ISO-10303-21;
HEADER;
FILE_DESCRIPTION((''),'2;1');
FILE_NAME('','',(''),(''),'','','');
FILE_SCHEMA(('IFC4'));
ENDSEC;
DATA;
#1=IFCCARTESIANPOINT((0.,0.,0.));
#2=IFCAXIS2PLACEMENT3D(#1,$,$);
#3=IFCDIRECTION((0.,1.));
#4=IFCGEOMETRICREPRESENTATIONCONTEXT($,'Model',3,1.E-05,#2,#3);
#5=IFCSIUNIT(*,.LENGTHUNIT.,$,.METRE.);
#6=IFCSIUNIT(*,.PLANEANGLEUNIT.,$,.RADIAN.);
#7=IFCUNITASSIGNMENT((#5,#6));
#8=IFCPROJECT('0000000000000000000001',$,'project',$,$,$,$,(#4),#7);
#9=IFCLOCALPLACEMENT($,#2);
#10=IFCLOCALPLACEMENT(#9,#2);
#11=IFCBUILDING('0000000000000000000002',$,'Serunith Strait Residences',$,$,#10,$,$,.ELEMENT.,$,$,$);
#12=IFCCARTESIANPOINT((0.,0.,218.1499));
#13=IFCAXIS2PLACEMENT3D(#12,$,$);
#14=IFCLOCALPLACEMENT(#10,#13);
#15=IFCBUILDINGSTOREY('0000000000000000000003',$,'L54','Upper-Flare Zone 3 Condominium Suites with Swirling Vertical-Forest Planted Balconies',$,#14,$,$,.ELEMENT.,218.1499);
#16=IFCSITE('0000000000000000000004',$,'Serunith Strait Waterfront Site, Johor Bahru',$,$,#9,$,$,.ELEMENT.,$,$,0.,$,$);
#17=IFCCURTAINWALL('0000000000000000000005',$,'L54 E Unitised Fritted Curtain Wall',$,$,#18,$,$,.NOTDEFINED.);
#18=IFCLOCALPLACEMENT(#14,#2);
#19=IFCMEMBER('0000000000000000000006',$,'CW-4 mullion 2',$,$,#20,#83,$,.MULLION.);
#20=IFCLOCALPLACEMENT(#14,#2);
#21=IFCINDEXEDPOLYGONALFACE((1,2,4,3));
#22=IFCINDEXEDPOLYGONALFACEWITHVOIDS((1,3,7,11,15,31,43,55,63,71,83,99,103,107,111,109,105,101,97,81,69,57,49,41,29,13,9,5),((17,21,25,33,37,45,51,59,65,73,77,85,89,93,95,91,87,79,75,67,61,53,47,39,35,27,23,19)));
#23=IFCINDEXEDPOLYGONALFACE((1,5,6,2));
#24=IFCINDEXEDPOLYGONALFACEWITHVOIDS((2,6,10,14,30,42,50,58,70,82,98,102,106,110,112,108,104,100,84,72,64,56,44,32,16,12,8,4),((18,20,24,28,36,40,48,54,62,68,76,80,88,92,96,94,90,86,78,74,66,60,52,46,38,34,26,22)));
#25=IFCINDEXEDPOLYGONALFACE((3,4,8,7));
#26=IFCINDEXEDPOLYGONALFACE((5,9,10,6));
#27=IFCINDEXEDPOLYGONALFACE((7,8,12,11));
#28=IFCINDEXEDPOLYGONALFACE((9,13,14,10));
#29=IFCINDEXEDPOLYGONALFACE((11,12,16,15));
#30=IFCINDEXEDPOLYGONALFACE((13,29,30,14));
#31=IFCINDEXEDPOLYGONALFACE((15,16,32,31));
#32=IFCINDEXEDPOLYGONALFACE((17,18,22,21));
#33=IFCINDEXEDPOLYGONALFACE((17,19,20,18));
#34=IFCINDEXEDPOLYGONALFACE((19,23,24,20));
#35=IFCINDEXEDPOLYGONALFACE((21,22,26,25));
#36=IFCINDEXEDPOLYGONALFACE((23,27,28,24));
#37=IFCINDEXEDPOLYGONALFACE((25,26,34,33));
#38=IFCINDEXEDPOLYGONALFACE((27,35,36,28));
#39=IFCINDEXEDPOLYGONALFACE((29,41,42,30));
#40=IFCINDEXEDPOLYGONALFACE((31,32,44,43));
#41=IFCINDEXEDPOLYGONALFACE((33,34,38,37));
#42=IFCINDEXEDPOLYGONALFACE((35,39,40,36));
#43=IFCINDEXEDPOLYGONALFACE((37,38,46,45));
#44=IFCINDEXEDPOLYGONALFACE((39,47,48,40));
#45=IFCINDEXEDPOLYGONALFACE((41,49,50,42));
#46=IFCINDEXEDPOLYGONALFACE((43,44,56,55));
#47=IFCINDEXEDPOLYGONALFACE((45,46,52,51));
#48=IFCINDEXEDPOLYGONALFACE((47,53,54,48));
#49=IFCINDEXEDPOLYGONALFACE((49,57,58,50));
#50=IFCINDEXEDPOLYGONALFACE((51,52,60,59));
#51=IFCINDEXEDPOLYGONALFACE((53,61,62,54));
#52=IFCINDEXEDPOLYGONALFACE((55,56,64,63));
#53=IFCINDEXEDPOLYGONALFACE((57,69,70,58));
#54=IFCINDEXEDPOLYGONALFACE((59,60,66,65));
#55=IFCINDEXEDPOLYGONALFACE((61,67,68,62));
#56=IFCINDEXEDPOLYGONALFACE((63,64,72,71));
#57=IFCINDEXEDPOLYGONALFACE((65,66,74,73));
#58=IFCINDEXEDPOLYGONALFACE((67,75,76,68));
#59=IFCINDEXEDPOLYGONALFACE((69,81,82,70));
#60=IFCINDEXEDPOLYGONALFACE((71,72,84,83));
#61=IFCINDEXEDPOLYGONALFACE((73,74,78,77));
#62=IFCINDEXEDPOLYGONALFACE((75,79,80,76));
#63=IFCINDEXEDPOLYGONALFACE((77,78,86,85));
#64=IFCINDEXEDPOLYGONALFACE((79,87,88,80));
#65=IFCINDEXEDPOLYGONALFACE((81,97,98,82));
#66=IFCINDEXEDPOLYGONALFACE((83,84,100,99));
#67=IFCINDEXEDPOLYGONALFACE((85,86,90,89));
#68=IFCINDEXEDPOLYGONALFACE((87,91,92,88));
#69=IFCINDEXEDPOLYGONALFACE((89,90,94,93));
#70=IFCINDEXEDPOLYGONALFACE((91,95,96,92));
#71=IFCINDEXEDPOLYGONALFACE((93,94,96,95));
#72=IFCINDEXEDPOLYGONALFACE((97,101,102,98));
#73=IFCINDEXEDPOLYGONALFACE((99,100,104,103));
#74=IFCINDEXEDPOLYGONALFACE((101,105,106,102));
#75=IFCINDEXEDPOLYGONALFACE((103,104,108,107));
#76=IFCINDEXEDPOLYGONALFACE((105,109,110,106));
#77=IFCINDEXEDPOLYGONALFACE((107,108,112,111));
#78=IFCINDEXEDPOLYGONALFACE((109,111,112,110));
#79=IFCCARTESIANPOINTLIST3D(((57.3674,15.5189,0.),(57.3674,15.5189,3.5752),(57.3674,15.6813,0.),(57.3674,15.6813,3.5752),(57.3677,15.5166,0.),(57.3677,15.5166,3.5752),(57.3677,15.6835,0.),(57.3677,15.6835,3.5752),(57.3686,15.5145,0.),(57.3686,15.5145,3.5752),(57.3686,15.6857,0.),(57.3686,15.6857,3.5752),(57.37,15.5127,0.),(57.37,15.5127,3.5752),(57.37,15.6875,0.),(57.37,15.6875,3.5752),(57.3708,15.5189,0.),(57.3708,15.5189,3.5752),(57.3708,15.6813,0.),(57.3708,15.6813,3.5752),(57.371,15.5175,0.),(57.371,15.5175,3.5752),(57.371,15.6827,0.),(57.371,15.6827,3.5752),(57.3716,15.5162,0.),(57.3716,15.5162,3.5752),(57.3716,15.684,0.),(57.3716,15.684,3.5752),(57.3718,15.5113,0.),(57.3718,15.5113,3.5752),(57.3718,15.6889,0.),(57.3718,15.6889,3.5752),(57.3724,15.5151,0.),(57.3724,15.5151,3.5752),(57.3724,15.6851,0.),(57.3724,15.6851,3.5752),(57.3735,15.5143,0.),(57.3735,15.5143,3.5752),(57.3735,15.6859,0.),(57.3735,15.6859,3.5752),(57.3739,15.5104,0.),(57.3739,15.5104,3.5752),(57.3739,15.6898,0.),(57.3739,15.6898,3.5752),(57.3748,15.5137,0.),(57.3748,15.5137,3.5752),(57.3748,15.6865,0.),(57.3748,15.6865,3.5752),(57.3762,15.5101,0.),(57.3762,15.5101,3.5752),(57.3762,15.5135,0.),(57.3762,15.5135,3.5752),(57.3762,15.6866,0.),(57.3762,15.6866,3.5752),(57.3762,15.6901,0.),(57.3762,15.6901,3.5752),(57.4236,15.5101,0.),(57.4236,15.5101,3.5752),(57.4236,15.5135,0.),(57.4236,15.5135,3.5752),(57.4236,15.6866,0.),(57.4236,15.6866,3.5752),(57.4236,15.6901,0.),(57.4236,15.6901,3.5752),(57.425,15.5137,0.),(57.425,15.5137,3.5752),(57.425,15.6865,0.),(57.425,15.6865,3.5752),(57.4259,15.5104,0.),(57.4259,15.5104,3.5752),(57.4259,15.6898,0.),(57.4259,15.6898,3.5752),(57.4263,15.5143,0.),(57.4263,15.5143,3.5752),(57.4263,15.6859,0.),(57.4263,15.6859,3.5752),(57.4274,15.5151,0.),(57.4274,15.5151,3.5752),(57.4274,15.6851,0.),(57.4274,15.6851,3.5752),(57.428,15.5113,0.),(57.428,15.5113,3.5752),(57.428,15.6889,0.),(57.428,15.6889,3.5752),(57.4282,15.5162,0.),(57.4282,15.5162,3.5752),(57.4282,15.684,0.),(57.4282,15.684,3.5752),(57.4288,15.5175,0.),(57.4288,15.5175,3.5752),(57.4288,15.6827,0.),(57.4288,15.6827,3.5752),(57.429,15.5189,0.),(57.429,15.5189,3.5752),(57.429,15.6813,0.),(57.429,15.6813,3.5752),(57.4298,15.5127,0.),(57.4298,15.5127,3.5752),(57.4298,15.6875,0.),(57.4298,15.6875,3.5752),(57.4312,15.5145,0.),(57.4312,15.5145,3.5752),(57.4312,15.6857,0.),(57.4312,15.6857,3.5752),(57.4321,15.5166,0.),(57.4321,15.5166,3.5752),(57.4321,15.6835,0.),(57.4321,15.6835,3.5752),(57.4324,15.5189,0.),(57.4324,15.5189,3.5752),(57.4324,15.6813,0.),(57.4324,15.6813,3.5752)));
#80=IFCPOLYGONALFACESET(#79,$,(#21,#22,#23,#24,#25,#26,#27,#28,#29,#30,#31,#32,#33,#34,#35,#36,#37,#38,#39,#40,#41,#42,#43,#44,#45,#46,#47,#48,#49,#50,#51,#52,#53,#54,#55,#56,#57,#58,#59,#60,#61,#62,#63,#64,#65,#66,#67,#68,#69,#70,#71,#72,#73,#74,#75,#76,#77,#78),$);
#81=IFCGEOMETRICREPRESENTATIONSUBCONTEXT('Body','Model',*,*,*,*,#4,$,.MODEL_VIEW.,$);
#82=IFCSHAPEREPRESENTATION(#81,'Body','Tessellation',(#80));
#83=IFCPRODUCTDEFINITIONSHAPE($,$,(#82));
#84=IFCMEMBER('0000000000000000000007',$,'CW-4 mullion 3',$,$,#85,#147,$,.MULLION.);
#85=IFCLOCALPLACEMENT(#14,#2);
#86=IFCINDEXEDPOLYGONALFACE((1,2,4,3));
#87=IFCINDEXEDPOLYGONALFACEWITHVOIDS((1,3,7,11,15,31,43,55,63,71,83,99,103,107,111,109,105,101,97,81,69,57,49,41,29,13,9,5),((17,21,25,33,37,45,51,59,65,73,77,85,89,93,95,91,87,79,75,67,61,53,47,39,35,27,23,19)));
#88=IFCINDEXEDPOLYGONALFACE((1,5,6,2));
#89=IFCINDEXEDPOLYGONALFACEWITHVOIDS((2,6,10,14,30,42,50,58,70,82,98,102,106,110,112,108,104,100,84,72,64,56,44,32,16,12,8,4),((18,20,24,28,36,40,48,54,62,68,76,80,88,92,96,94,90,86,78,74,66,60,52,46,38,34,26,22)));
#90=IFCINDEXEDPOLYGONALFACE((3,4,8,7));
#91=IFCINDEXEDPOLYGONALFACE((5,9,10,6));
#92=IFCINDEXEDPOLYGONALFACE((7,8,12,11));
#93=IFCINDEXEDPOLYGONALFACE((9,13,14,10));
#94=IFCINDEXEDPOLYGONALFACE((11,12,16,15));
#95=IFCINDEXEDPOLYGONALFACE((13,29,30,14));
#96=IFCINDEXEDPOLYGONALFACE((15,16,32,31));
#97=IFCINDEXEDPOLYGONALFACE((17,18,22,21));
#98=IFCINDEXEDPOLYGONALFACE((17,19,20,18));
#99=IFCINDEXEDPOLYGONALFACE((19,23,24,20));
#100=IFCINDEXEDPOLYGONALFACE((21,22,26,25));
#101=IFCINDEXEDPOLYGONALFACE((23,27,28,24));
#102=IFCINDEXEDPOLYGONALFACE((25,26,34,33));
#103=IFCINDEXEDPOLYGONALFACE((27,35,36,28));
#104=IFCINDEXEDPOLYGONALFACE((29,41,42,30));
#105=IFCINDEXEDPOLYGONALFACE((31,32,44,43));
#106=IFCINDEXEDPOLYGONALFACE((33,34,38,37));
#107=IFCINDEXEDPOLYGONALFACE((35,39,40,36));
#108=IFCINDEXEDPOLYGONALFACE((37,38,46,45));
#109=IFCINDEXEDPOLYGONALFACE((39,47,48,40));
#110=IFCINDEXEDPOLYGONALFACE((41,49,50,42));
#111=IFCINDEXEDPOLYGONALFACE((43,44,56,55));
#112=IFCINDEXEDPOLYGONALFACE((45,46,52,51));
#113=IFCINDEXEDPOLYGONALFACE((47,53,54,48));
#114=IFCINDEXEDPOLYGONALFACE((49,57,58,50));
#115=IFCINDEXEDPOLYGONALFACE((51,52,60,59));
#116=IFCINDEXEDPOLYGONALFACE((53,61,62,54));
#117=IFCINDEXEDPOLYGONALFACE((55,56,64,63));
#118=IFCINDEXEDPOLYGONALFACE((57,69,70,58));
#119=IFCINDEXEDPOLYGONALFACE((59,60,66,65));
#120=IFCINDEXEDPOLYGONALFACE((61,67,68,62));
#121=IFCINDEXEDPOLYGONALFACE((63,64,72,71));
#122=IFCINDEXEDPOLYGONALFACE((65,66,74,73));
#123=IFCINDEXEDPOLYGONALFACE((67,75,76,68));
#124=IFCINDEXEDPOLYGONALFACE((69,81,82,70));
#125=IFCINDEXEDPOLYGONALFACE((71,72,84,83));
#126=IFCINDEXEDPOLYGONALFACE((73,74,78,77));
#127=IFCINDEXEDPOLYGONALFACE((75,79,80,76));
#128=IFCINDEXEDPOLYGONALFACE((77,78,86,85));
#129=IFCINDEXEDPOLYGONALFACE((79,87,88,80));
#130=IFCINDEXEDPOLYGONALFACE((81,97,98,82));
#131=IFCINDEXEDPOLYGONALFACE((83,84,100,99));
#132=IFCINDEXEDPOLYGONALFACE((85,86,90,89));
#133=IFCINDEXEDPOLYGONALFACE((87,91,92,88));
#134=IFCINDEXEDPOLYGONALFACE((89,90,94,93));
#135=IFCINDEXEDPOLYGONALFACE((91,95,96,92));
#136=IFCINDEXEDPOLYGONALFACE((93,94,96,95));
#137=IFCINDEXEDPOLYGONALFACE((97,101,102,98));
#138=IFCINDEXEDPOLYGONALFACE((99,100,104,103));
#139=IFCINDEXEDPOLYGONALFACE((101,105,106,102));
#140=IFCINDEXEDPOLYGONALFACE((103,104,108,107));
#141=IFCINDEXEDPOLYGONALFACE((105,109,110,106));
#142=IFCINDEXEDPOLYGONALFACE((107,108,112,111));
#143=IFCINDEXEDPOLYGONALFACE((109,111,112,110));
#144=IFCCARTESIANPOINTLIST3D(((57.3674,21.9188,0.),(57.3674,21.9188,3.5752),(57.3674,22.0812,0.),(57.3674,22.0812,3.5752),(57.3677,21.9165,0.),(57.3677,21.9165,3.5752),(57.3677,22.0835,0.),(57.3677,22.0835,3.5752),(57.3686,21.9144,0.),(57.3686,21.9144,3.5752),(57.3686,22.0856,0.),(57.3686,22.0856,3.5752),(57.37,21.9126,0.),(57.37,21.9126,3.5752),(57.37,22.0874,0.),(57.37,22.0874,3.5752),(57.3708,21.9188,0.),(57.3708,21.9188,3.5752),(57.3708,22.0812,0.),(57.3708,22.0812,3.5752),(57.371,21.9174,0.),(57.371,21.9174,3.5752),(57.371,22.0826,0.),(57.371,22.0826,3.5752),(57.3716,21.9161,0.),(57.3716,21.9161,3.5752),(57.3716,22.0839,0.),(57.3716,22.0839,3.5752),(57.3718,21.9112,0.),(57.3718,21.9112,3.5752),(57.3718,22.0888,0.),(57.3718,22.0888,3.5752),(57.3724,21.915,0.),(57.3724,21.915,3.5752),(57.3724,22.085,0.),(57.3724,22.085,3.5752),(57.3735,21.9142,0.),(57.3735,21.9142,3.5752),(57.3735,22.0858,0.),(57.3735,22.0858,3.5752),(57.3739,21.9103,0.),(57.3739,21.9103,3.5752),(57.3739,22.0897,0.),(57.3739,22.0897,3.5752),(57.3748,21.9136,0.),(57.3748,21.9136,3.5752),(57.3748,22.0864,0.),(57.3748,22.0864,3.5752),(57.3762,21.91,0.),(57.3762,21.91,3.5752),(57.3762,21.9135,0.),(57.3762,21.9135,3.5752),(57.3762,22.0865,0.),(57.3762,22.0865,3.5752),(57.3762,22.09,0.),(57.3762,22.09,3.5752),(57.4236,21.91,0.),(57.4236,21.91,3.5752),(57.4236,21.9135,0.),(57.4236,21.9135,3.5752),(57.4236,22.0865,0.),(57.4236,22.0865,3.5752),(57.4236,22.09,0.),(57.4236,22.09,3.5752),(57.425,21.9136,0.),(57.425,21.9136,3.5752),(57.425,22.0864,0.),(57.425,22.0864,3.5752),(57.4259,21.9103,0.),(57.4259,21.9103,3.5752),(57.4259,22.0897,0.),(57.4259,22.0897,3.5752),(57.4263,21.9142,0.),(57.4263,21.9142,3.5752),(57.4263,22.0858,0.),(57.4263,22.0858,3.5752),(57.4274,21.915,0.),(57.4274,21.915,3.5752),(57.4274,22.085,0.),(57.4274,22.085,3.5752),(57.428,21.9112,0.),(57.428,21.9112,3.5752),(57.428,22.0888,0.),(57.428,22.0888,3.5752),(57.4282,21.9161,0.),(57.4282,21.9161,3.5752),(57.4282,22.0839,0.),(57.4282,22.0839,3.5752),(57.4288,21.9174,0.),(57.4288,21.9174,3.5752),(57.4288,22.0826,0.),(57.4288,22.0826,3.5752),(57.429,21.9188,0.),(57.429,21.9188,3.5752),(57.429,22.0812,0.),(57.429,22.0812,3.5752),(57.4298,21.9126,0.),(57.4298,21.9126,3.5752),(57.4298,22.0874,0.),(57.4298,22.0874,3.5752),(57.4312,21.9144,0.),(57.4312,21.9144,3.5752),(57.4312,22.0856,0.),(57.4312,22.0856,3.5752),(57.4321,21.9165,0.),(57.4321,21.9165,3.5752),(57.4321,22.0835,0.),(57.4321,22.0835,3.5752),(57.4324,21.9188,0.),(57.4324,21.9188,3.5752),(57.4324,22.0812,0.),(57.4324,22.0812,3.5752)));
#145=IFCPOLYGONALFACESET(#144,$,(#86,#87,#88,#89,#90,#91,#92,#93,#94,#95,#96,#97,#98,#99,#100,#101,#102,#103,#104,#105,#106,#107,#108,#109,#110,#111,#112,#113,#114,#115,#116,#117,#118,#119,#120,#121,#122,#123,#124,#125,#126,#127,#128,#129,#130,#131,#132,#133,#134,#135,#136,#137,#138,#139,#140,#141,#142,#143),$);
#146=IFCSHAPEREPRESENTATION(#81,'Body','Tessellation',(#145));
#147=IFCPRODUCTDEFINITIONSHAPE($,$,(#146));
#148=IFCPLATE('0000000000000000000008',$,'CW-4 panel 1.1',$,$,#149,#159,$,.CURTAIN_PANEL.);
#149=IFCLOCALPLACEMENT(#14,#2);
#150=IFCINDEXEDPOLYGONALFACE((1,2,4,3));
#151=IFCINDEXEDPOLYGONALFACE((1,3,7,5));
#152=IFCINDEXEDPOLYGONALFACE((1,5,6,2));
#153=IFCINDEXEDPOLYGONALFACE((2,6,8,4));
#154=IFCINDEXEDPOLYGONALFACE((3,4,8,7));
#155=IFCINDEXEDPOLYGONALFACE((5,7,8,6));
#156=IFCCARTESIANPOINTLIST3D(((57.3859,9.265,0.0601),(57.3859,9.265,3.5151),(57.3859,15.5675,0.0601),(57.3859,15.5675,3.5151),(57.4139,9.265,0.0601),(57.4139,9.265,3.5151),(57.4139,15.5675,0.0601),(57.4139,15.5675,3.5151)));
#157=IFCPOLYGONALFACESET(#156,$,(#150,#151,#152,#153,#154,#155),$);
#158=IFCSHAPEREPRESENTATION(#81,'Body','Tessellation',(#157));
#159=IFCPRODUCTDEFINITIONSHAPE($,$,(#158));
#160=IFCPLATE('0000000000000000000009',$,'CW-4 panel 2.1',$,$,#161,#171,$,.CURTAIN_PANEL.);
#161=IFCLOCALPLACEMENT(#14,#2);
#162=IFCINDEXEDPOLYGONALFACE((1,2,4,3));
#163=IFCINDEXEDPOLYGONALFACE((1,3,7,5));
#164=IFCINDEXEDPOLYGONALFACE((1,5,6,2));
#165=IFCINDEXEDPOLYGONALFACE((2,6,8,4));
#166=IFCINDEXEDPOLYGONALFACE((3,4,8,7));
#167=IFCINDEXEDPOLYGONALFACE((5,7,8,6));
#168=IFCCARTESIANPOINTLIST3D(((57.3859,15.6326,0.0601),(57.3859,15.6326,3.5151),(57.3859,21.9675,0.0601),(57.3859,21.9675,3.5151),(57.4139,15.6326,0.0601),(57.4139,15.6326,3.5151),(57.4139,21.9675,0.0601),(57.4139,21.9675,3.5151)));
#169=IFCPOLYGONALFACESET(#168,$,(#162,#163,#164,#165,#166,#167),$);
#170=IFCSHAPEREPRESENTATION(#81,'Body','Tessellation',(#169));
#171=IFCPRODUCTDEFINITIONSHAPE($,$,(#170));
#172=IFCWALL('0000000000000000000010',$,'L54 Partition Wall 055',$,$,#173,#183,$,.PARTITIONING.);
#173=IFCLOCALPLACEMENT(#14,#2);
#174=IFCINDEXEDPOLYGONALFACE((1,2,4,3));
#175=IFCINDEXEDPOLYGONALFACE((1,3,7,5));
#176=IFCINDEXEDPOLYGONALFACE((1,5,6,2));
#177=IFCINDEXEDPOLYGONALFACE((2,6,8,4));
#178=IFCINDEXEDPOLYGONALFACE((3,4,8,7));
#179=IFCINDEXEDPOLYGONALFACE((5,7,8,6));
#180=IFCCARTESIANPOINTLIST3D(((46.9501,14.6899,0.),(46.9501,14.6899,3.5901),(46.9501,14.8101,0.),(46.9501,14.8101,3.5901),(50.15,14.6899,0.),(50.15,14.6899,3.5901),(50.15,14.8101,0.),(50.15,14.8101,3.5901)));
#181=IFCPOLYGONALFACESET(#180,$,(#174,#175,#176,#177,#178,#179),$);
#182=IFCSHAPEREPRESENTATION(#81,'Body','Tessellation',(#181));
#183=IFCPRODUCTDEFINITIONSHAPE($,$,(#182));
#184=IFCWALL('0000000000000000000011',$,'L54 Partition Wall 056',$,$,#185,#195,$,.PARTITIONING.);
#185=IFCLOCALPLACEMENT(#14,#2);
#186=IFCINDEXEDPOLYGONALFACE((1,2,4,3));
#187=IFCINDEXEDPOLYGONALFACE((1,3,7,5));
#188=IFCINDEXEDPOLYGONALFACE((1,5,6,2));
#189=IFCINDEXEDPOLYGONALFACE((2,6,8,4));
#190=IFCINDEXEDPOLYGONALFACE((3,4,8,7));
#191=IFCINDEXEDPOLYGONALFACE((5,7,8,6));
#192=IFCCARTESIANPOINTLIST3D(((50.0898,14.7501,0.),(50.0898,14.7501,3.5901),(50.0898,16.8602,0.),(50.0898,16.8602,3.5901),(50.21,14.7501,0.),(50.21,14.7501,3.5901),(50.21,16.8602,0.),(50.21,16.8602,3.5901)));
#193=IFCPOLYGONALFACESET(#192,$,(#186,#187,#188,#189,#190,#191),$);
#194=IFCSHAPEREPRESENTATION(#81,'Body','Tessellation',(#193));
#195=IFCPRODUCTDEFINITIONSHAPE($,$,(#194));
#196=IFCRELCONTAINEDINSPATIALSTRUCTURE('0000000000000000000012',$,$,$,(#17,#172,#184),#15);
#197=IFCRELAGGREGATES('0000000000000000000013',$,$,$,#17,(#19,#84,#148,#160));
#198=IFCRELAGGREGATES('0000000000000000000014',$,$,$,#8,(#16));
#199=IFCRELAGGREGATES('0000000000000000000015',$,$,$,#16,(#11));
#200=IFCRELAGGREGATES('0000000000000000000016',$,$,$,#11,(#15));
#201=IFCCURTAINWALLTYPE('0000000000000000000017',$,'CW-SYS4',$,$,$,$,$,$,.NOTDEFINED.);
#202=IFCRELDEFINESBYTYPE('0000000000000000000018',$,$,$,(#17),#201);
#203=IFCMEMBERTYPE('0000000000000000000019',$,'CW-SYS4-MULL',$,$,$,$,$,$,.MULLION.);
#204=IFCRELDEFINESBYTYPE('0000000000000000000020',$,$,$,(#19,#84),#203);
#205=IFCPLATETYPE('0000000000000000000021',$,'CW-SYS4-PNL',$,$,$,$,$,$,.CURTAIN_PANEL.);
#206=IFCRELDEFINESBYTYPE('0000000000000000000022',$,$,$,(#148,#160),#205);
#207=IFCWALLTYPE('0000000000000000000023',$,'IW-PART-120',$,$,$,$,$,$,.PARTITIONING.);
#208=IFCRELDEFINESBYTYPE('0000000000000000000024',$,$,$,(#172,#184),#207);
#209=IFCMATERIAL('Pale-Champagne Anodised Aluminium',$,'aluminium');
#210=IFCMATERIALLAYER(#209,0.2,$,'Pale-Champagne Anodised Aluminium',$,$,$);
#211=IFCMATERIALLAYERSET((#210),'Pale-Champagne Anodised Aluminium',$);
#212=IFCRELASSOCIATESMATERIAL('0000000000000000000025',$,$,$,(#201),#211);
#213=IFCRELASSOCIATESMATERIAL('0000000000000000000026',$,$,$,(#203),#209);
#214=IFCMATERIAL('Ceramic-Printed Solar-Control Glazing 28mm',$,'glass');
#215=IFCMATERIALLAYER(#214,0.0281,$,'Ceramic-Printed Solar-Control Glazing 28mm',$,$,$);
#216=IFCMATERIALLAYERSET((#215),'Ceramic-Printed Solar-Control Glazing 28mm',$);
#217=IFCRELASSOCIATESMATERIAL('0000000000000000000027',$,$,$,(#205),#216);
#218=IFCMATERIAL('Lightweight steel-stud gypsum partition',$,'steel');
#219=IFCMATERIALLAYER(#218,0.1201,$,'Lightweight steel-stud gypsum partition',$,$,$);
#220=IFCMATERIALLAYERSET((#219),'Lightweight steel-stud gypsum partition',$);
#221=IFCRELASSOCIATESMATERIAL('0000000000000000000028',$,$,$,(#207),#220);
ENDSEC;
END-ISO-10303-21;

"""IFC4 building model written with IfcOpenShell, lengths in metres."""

from ifc_helpers import new_model, si_unit, direction, frame, frame_2d, origin, origin_2d, place, context, subcontext, project, spatial, rectangle, hollow_rectangle, extrude, source, transform, mapped, material, layer, layer_set, material_profile, profile_set, type_object, element, aggregate, save


model = new_model("IFC4")

# Units and contexts
model_context = context("Model", 3, precision=1e-05, world=origin(), true_north=direction((0.0, 1.0)))
body_context = subcontext(model_context, "Body", "Model", "MODEL_VIEW")
ifc_project = project(units=[si_unit("LENGTHUNIT", "METRE"), si_unit("PLANEANGLEUNIT", "RADIAN")], contexts=[model_context])

# Site, building, storey
site_placement = place(None, origin())
site = spatial("IfcSite", under=ifc_project, at=site_placement, Name="Serunith Strait Waterfront Site, Johor Bahru", CompositionType="ELEMENT", RefElevation=0.0)
building_placement = place(site_placement, origin())
building = spatial("IfcBuilding", under=site, at=building_placement, Name="Serunith Strait Residences", CompositionType="ELEMENT")
storey_placement = place(building_placement, frame((0.0, 0.0, 218.1499)))
storey = spatial("IfcBuildingStorey", under=building, at=storey_placement, Name="L54", Description="Upper-Flare Zone 3 Condominium Suites with Swirling Vertical-Forest Planted Balconies", CompositionType="ELEMENT", Elevation=218.1499)

# Curtain wall, members, plates
ifc_material_1 = material(Name="Pale-Champagne Anodised Aluminium", Category="aluminium")
ifc_layer_1 = layer(ifc_material_1, 0.2, Name="Pale-Champagne Anodised Aluminium")
ifc_layer_set_1 = layer_set([ifc_layer_1], Name="Pale-Champagne Anodised Aluminium")
curtain_wall_type = type_object("IfcCurtainWallType", Name="CW-SYS4", PredefinedType="NOTDEFINED", material=ifc_layer_set_1)
curtain_wall_placement = place(storey_placement, origin())
curtain_wall = element("IfcCurtainWall", 1, at=curtain_wall_placement, inside=storey, type_object=curtain_wall_type, Name="L54 E Unitised Fritted Curtain Wall", PredefinedType="NOTDEFINED")
ifc_material_profile_1 = material_profile(ifc_material_1, hollow_rectangle(XDim=0.0649, YDim=0.1799, WallThickness=0.0034, InnerFilletRadius=0.0054, OuterFilletRadius=0.0088, at=origin_2d()), Name="ALU 180x65x3.5")
ifc_profile_set_1 = profile_set([ifc_material_profile_1], Name="Pale-Champagne Anodised Aluminium")
member_type_1 = type_object("IfcMemberType", Name="CW-SYS4-MULL", PredefinedType="MULLION", material=ifc_profile_set_1)
shared_shape_1 = source(origin(), body_context, "Body", "SweptSolid", [
    extrude(hollow_rectangle(XDim=0.0649, YDim=0.1799, WallThickness=0.0034, InnerFilletRadius=0.0054, OuterFilletRadius=0.0088, at=origin_2d()), origin(), (0.0, 0.0, 1.0), 3.5752),
])
member_1_placement = place(storey_placement, frame((57.3999, 15.6001, 0.0), z_axis=(0.0, 0.0, 1.0), x_axis=(-1.0, 0.0, 0.0)))
member_1 = element("IfcMember", 2, at=member_1_placement, type_object=member_type_1, Name="CW-4 mullion 2", PredefinedType="MULLION", context=body_context, shape_type="MappedRepresentation", body=[
    mapped(shared_shape_1, transform((0.0, 0.0, 0.0), scale=1.0)),
])
member_2_placement = place(storey_placement, frame((57.3999, 22.0, 0.0), z_axis=(0.0, 0.0, 1.0), x_axis=(-1.0, 0.0, 0.0)))
member_2 = element("IfcMember", 3, at=member_2_placement, type_object=member_type_1, Name="CW-4 mullion 3", PredefinedType="MULLION", context=body_context, shape_type="MappedRepresentation", body=[
    mapped(shared_shape_1, transform((0.0, 0.0, 0.0), scale=1.0)),
])
ifc_material_2 = material(Name="Ceramic-Printed Solar-Control Glazing 28mm", Category="glass")
ifc_layer_2 = layer(ifc_material_2, 0.0281, Name="Ceramic-Printed Solar-Control Glazing 28mm")
ifc_layer_set_2 = layer_set([ifc_layer_2], Name="Ceramic-Printed Solar-Control Glazing 28mm")
plate_type = type_object("IfcPlateType", Name="CW-SYS4-PNL", PredefinedType="CURTAIN_PANEL", material=ifc_layer_set_2)
shared_shape_2 = source(origin(), body_context, "Body", "SweptSolid", [
    extrude(rectangle(XDim=6.3025, YDim=0.0281, at=origin_2d()), origin(), (0.0, 0.0, 1.0), 3.4551),
])
plate_1_placement = place(storey_placement, frame((57.3999, 12.4163, 0.0601), z_axis=(0.0, 0.0, 1.0), x_axis=(0.0, 1.0, 0.0)))
plate_1 = element("IfcPlate", 4, at=plate_1_placement, type_object=plate_type, Name="CW-4 panel 1.1", PredefinedType="CURTAIN_PANEL", context=body_context, shape_type="MappedRepresentation", body=[
    mapped(shared_shape_2, transform((0.0, 0.0, 0.0), scale=1.0)),
])
shared_shape_3 = source(origin(), body_context, "Body", "SweptSolid", [
    extrude(rectangle(XDim=6.335, YDim=0.0281, at=origin_2d()), origin(), (0.0, 0.0, 1.0), 3.4551),
])
plate_2_placement = place(storey_placement, frame((57.3999, 18.8, 0.0601), z_axis=(0.0, 0.0, 1.0), x_axis=(0.0, 1.0, 0.0)))
plate_2 = element("IfcPlate", 5, at=plate_2_placement, type_object=plate_type, Name="CW-4 panel 2.1", PredefinedType="CURTAIN_PANEL", context=body_context, shape_type="MappedRepresentation", body=[
    mapped(shared_shape_3, transform((0.0, 0.0, 0.0), scale=1.0)),
])
aggregate(curtain_wall, [member_1, member_2, plate_1, plate_2])

# Walls
ifc_material_3 = material(Name="Lightweight steel-stud gypsum partition", Category="steel")
ifc_layer_3 = layer(ifc_material_3, 0.1201, Name="Lightweight steel-stud gypsum partition")
ifc_layer_set_3 = layer_set([ifc_layer_3], Name="Lightweight steel-stud gypsum partition")
wall_type = type_object("IfcWallType", Name="IW-PART-120", PredefinedType="PARTITIONING", material=ifc_layer_set_3)
wall_1_placement = place(storey_placement, frame((46.95, 14.75, 0.0), z_axis=(0.0, 0.0, 1.0), x_axis=(1.0, 0.0, 0.0)))
element("IfcWall", 6, at=wall_1_placement, inside=storey, type_object=wall_type, Name="L54 Partition Wall 055", PredefinedType="PARTITIONING", context=body_context, shape_type="SweptSolid", body=[
    extrude(rectangle(XDim=3.2, YDim=0.1201, at=frame_2d((1.6001, 0.0))), origin(), (0.0, 0.0, 1.0), 3.5901),
])
wall_2_placement = place(storey_placement, frame((50.1499, 14.75, 0.0), z_axis=(0.0, 0.0, 1.0), x_axis=(0.0, 1.0, 0.0)))
element("IfcWall", 7, at=wall_2_placement, inside=storey, type_object=wall_type, Name="L54 Partition Wall 056", PredefinedType="PARTITIONING", context=body_context, shape_type="SweptSolid", body=[
    extrude(rectangle(XDim=2.1101, YDim=0.1201, at=frame_2d((1.0552, 0.0))), origin(), (0.0, 0.0, 1.0), 3.5901),
])

save(model, "model.ifc")
